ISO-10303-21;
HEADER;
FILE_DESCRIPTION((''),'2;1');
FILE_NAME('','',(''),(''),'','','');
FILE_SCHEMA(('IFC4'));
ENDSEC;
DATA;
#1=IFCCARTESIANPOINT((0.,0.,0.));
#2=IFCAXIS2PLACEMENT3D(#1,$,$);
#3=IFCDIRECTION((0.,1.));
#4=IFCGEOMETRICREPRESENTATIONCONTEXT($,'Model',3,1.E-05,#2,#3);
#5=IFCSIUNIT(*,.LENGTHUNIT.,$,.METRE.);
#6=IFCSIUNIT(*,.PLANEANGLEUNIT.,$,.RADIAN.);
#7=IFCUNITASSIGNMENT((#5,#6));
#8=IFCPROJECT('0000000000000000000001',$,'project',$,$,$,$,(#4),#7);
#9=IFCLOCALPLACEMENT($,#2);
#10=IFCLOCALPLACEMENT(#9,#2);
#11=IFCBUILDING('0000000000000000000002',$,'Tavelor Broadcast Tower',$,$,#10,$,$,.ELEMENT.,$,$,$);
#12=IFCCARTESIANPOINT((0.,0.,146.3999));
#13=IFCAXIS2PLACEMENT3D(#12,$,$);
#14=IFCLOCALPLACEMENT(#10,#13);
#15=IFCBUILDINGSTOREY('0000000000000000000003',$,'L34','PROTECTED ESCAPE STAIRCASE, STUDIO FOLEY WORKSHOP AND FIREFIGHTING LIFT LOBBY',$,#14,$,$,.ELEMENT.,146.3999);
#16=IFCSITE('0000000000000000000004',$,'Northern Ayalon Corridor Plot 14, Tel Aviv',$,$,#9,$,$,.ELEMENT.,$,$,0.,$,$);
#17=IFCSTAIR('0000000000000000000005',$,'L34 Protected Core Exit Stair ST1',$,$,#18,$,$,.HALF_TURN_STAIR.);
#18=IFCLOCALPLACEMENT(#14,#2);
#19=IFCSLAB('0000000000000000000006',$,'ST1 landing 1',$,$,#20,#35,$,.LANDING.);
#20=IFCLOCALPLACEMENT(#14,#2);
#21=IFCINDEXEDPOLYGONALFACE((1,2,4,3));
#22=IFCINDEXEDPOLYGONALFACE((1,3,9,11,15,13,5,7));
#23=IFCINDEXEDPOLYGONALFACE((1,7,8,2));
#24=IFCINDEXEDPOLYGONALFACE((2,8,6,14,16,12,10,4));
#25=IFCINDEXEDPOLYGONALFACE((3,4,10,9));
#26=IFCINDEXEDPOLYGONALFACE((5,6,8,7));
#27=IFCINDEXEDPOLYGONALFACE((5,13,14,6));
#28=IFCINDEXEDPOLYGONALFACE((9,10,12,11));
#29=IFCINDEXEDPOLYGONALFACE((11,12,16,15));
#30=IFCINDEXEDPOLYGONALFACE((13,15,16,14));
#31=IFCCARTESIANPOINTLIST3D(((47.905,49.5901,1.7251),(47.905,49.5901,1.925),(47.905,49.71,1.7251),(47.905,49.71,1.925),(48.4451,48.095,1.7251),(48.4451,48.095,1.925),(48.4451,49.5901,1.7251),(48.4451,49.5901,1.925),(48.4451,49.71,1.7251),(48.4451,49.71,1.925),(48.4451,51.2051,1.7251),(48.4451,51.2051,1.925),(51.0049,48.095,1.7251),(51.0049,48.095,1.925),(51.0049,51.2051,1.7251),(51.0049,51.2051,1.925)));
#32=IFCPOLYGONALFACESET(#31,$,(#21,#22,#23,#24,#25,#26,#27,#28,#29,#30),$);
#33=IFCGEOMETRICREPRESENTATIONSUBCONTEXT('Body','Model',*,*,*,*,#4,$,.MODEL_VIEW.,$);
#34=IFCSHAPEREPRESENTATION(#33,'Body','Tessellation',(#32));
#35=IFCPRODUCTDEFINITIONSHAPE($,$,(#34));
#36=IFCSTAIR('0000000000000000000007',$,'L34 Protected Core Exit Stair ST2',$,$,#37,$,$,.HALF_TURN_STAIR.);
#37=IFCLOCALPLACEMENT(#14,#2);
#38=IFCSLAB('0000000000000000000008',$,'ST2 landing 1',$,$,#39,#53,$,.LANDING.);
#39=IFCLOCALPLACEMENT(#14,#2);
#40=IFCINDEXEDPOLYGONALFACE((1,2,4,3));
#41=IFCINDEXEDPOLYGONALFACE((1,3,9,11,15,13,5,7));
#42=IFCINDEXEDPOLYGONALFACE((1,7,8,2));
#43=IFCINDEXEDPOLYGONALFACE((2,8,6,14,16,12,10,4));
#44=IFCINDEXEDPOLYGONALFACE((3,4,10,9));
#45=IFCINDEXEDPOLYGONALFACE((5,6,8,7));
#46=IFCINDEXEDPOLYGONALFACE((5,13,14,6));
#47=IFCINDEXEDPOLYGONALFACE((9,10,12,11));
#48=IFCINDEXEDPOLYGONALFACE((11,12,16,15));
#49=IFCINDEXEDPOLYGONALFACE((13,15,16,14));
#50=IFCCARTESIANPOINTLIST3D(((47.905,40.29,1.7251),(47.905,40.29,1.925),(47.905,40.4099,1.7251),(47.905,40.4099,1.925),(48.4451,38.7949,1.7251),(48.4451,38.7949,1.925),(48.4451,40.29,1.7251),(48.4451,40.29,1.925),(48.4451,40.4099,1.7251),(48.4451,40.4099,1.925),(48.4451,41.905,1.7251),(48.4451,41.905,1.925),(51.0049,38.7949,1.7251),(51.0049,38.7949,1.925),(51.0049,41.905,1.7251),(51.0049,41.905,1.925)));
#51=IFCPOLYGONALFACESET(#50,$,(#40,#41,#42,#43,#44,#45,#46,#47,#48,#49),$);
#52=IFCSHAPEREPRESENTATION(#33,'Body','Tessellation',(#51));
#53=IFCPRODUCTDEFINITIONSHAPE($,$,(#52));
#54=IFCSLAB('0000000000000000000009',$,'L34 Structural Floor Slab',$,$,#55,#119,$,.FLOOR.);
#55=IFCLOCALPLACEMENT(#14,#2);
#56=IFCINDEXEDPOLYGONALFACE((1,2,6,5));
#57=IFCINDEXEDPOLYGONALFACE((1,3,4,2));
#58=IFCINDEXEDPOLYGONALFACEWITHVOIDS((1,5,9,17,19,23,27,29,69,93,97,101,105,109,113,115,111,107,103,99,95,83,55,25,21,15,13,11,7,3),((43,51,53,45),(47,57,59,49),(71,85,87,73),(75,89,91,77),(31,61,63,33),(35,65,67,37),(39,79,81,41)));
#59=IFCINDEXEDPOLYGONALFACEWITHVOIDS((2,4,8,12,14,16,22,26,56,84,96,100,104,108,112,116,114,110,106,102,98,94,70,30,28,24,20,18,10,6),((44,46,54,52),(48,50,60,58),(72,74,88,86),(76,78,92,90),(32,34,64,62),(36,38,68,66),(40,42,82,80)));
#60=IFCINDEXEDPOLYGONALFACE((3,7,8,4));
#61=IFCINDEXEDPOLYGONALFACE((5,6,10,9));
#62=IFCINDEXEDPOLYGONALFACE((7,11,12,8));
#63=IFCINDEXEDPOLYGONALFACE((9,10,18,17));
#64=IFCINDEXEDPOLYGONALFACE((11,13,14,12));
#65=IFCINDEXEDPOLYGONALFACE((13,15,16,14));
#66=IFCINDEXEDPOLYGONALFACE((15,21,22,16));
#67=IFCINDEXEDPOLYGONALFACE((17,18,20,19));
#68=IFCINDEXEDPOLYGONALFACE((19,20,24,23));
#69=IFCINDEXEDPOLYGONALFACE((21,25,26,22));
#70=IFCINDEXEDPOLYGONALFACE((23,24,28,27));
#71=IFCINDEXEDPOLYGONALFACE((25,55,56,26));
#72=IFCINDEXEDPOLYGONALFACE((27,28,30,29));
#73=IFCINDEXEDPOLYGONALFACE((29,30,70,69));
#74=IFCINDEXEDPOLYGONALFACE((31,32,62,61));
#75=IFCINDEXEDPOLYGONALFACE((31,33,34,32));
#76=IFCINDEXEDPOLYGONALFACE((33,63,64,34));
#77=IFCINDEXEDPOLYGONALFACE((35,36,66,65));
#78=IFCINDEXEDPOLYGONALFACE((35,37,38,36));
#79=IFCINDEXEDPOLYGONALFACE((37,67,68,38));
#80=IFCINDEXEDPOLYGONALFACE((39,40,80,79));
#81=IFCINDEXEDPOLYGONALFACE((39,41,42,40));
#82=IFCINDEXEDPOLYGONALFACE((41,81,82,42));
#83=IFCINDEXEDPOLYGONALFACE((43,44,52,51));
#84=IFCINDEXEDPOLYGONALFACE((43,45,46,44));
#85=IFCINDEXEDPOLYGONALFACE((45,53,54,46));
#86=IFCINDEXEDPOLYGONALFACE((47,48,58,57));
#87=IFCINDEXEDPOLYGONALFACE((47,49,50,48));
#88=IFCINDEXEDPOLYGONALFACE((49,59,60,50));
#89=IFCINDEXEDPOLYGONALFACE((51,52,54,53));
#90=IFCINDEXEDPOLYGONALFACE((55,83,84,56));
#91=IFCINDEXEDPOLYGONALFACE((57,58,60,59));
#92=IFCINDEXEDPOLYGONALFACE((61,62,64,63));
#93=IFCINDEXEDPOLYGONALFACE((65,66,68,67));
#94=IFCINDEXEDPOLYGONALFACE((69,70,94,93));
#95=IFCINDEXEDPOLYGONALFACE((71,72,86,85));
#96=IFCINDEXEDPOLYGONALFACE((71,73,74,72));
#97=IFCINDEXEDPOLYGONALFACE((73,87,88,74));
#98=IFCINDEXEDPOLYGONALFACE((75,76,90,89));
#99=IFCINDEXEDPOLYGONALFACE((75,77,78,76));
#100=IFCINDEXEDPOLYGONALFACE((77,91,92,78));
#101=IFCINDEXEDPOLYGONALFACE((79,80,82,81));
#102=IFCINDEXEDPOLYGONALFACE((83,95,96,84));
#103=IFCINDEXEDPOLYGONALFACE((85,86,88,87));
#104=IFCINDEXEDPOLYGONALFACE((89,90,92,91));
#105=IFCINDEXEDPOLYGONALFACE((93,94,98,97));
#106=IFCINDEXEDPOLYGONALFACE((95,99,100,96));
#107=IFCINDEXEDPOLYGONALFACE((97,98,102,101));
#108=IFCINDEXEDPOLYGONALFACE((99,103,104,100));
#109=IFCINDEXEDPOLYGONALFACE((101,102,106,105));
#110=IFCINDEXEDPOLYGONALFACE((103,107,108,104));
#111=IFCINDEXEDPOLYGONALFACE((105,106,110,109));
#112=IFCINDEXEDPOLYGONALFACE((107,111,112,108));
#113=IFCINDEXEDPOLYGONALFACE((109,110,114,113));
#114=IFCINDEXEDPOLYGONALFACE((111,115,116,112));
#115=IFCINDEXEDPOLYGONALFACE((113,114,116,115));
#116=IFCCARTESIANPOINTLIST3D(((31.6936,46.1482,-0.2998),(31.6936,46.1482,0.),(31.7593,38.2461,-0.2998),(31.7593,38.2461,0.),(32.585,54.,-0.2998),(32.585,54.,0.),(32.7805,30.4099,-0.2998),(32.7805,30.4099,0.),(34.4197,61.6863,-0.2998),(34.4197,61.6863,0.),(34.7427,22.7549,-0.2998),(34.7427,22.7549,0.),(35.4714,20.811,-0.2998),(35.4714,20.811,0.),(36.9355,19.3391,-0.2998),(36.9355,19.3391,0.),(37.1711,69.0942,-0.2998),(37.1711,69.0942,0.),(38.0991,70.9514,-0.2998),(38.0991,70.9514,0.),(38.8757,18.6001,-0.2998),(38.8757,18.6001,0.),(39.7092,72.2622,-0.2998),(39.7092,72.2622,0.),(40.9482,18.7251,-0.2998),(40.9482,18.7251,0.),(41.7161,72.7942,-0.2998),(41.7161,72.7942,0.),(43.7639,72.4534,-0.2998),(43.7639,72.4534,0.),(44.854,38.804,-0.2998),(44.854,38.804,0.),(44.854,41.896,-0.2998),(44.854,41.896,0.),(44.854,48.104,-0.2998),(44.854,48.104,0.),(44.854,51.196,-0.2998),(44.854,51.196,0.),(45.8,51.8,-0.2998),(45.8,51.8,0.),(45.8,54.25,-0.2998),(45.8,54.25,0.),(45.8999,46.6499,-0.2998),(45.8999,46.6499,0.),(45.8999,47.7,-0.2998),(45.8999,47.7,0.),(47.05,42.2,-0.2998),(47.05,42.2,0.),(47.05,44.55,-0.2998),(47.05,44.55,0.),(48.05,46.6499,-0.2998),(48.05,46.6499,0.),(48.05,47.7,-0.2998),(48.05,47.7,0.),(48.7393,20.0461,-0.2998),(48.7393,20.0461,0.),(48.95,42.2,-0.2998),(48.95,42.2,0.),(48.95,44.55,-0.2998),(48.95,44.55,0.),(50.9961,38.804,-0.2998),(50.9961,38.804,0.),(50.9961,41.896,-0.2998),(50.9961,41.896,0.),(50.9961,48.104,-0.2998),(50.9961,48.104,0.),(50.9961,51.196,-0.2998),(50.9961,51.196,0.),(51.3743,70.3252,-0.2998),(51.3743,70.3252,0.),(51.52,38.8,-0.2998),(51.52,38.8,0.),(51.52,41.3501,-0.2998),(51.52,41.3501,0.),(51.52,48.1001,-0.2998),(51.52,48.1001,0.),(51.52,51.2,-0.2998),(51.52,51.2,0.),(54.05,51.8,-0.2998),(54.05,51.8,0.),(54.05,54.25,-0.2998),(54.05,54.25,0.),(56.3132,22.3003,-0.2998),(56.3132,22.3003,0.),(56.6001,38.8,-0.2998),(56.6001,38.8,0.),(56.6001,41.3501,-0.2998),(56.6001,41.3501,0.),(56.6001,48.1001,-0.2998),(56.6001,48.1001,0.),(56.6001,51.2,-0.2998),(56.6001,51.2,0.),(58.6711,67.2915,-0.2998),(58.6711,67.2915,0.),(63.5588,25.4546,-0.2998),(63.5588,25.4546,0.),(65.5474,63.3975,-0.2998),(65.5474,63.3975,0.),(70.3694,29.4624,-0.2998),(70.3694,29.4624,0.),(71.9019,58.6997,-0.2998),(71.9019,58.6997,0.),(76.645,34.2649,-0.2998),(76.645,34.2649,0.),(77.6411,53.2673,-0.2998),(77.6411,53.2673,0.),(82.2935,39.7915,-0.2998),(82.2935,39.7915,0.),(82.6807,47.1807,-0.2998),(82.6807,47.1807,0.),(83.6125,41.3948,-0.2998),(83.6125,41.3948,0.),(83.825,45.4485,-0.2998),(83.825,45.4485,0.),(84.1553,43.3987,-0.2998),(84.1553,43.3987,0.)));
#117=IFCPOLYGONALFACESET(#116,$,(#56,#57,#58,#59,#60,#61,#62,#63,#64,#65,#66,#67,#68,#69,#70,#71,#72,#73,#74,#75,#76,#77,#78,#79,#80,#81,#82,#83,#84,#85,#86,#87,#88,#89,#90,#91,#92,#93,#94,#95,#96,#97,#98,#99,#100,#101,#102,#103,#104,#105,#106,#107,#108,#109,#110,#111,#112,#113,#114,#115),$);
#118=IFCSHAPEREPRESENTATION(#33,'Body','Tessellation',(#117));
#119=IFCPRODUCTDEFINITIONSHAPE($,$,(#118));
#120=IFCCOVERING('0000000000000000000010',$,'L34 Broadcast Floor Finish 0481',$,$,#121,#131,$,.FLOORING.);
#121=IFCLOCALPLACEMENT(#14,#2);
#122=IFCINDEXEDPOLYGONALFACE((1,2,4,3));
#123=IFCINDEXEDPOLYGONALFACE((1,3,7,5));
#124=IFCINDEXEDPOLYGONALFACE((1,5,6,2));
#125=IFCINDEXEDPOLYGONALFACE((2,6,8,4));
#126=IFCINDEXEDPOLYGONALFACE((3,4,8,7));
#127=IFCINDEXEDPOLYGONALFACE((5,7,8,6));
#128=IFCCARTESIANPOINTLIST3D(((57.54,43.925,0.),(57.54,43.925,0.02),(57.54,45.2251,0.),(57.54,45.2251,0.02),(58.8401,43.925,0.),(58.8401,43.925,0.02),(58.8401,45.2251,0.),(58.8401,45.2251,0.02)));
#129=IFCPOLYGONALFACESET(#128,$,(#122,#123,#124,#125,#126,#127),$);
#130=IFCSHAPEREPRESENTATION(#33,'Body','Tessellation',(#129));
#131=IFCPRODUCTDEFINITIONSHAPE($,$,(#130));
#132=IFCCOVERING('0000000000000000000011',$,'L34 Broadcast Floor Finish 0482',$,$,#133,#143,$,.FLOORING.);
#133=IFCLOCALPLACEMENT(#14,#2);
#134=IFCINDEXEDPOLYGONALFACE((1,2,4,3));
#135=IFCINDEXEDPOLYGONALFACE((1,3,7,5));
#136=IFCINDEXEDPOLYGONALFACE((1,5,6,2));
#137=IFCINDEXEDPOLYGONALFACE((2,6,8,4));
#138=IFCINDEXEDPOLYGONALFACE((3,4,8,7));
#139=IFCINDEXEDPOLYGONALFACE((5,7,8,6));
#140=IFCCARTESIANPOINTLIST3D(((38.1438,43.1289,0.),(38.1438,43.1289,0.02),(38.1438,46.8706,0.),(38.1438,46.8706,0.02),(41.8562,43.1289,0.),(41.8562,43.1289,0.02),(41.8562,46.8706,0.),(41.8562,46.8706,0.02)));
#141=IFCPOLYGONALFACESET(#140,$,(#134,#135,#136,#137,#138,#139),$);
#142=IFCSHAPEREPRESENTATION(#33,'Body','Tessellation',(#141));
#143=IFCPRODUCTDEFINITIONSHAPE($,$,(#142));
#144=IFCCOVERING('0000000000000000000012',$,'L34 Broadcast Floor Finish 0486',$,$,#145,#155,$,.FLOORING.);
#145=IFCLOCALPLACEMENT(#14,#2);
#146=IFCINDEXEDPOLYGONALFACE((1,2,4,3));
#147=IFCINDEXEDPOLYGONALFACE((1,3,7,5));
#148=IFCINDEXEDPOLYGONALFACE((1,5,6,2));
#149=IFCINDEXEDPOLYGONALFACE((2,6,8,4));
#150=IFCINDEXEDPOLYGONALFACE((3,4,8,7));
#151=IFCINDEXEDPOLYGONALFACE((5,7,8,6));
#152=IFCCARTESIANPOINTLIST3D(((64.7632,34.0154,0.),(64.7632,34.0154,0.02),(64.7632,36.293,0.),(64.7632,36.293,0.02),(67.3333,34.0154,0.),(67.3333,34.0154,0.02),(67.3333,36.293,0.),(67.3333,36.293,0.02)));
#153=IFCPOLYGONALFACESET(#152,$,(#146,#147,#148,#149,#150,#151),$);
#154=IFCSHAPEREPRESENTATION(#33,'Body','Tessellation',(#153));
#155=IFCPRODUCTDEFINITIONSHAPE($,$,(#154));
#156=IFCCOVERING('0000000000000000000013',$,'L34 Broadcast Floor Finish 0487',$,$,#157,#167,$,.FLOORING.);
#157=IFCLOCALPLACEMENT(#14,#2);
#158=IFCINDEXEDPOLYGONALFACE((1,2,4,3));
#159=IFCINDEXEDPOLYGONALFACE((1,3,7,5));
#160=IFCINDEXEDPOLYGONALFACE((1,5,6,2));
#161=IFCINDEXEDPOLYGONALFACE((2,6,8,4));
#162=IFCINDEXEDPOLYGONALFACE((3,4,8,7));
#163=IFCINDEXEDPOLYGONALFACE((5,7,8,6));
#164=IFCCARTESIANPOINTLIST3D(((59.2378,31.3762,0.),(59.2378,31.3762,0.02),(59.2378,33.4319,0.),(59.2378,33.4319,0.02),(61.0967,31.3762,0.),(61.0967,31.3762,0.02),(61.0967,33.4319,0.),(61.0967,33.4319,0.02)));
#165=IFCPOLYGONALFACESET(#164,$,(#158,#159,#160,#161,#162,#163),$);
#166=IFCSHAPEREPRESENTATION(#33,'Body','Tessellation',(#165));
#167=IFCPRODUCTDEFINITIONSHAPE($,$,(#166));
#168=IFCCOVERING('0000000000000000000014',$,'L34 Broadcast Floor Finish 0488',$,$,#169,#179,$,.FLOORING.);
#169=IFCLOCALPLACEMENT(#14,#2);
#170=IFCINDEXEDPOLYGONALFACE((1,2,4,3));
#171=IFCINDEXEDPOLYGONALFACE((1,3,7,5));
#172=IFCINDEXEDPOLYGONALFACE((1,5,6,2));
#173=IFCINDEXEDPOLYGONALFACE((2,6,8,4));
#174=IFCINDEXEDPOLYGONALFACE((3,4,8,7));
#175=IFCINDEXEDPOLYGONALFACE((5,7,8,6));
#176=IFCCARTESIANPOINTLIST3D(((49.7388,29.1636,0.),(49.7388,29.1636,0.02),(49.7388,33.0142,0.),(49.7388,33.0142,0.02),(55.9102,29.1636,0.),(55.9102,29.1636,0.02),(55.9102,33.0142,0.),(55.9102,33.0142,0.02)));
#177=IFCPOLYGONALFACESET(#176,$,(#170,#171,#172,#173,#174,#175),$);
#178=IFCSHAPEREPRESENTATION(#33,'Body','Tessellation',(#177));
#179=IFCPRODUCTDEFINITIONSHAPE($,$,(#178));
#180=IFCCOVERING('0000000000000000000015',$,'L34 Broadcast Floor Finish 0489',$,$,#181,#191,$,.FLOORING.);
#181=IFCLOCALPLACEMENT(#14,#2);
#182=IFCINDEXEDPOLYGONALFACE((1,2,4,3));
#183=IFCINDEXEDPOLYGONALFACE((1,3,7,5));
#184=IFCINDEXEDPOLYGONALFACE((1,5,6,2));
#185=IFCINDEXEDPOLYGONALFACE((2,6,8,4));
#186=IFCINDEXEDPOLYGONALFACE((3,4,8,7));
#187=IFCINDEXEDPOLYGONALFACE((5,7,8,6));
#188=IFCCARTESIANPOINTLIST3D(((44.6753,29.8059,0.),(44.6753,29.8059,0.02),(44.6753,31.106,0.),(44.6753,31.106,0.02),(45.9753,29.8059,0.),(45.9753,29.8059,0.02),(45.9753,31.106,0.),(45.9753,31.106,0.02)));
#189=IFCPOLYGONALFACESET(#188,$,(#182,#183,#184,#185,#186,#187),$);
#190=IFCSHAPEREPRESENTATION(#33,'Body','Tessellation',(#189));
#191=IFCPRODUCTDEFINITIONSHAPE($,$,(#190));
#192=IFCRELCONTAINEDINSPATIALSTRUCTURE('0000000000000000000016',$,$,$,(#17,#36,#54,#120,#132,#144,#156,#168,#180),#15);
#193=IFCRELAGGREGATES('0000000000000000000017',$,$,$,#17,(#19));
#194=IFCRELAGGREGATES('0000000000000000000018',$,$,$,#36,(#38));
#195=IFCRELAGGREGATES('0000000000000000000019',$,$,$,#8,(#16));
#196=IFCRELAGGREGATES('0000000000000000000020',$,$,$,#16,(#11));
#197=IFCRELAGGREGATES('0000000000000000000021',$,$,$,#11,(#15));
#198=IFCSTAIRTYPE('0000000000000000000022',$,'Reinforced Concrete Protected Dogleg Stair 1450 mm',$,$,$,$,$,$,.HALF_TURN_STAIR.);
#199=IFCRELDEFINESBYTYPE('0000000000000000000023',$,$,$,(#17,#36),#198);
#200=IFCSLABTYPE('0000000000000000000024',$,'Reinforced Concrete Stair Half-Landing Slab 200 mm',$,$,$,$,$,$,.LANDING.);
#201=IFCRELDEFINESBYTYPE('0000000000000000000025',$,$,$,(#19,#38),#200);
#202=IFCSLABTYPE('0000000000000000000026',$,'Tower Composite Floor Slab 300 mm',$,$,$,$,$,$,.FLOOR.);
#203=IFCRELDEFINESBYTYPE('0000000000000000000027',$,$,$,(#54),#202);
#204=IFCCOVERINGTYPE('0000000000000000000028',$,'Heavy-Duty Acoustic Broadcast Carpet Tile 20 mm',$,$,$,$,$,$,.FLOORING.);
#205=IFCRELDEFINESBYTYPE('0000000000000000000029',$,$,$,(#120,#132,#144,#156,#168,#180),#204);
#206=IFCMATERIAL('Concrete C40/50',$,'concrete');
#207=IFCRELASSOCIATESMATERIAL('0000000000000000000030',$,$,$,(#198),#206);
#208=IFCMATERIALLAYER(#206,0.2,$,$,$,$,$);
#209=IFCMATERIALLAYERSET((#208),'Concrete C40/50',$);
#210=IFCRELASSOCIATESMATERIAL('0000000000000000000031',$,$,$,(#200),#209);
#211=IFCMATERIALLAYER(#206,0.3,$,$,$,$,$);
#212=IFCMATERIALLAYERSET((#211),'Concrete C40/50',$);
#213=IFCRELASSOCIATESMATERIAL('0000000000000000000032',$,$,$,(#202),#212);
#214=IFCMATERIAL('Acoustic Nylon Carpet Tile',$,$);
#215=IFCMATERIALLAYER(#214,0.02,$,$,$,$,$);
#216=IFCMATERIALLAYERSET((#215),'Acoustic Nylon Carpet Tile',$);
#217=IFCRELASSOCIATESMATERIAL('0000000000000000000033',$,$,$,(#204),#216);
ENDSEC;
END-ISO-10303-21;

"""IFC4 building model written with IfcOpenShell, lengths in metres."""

from ifc_helpers import new_model, si_unit, direction, frame, origin, place, context, subcontext, project, spatial, polyline, outline, extrude, material, layer, layer_set, type_object, element, aggregate, save


model = new_model("IFC4")

# Units and contexts
model_context = context("Model", 3, precision=1e-05, world=origin(), true_north=direction((0.0, 1.0)))
body_context = subcontext(model_context, "Body", "Model", "MODEL_VIEW")
ifc_project = project(units=[si_unit("LENGTHUNIT", "METRE"), si_unit("PLANEANGLEUNIT", "RADIAN")], contexts=[model_context])

# Site, building, storey
site_placement = place(None, origin())
site = spatial("IfcSite", under=ifc_project, at=site_placement, Name="Northern Ayalon Corridor Plot 14, Tel Aviv", CompositionType="ELEMENT", RefElevation=0.0)
building_placement = place(site_placement, origin())
building = spatial("IfcBuilding", under=site, at=building_placement, Name="Tavelor Broadcast Tower", CompositionType="ELEMENT")
storey_placement = place(building_placement, frame((0.0, 0.0, 146.3999)))
storey = spatial("IfcBuildingStorey", under=building, at=storey_placement, Name="L34", Description="PROTECTED ESCAPE STAIRCASE, STUDIO FOLEY WORKSHOP AND FIREFIGHTING LIFT LOBBY", CompositionType="ELEMENT", Elevation=146.3999)

# Stairs, slabs
ifc_material_1 = material(Name="Concrete C40/50", Category="concrete")
stair_type = type_object("IfcStairType", Name="Reinforced Concrete Protected Dogleg Stair 1450 mm", PredefinedType="HALF_TURN_STAIR", material=ifc_material_1)
stair_1_placement = place(storey_placement, origin())
stair_1 = element("IfcStair", 1, at=stair_1_placement, inside=storey, type_object=stair_type, Name="L34 Protected Core Exit Stair ST1", PredefinedType="HALF_TURN_STAIR")
ifc_layer_1 = layer(ifc_material_1, 0.2)
ifc_layer_set_1 = layer_set([ifc_layer_1], Name="Concrete C40/50")
slab_type_1 = type_object("IfcSlabType", Name="Reinforced Concrete Stair Half-Landing Slab 200 mm", PredefinedType="LANDING", material=ifc_layer_set_1)
slab_1_placement = place(storey_placement, frame((0.0, 0.0, 1.7251)))
slab_1 = element("IfcSlab", 2, at=slab_1_placement, type_object=slab_type_1, Name="ST1 landing 1", PredefinedType="LANDING", context=body_context, shape_type="SweptSolid", body=[
    extrude(outline(polyline([(48.4451, 49.5901), (48.4451, 48.095), (51.0049, 48.095), (51.0049, 51.2051), (48.4451, 51.2051), (48.4451, 49.71), (47.905, 49.71), (47.905, 49.5901), (48.4451, 49.5901)])), origin(), (0.0, 0.0, 1.0), 0.2),
])
aggregate(stair_1, [slab_1])
stair_2_placement = place(storey_placement, origin())
stair_2 = element("IfcStair", 3, at=stair_2_placement, inside=storey, type_object=stair_type, Name="L34 Protected Core Exit Stair ST2", PredefinedType="HALF_TURN_STAIR")
slab_2_placement = place(storey_placement, frame((0.0, 0.0, 1.7251)))
slab_2 = element("IfcSlab", 4, at=slab_2_placement, type_object=slab_type_1, Name="ST2 landing 1", PredefinedType="LANDING", context=body_context, shape_type="SweptSolid", body=[
    extrude(outline(polyline([(48.4451, 40.29), (48.4451, 38.7949), (51.0049, 38.7949), (51.0049, 41.905), (48.4451, 41.905), (48.4451, 40.4099), (47.905, 40.4099), (47.905, 40.29), (48.4451, 40.29)])), origin(), (0.0, 0.0, 1.0), 0.2),
])
aggregate(stair_2, [slab_2])

# Slab
ifc_layer_2 = layer(ifc_material_1, 0.3)
ifc_layer_set_2 = layer_set([ifc_layer_2], Name="Concrete C40/50")
slab_type_2 = type_object("IfcSlabType", Name="Tower Composite Floor Slab 300 mm", PredefinedType="FLOOR", material=ifc_layer_set_2)
slab_3_placement = place(storey_placement, frame((0.0, 0.0, -0.2998)))
element("IfcSlab", 5, at=slab_3_placement, inside=storey, type_object=slab_type_2, Name="L34 Structural Floor Slab", PredefinedType="FLOOR", context=body_context, shape_type="SweptSolid", body=[
    extrude(outline(polyline([(43.7639, 72.4534), (41.7161, 72.7942), (39.7092, 72.2622), (38.0991, 70.9514), (37.1711, 69.0942), (34.4197, 61.6863), (32.585, 54.0), (31.6936, 46.1482), (31.7593, 38.2461), (32.7805, 30.4099), (34.7427, 22.7549), (35.4714, 20.811), (36.9355, 19.3391), (38.8757, 18.6001), (40.9482, 18.7251), (48.7393, 20.0461), (56.3132, 22.3003), (63.5588, 25.4546), (70.3694, 29.4624), (76.645, 34.2649), (82.2935, 39.7915), (83.6125, 41.3948), (84.1553, 43.3987), (83.825, 45.4485), (82.6807, 47.1807), (77.6411, 53.2673), (71.9019, 58.6997), (65.5474, 63.3975), (58.6711, 67.2915), (51.3743, 70.3252), (43.7639, 72.4534)]), holes=[polyline([(56.6001, 41.3501), (56.6001, 38.8), (51.52, 38.8), (51.52, 41.3501), (56.6001, 41.3501)]), polyline([(50.9961, 38.804), (44.854, 38.804), (44.854, 41.896), (50.9961, 41.896), (50.9961, 38.804)]), polyline([(47.05, 42.2), (47.05, 44.55), (48.95, 44.55), (48.95, 42.2), (47.05, 42.2)]), polyline([(48.05, 46.6499), (45.8999, 46.6499), (45.8999, 47.7), (48.05, 47.7), (48.05, 46.6499)]), polyline([(50.9961, 48.104), (44.854, 48.104), (44.854, 51.196), (50.9961, 51.196), (50.9961, 48.104)]), polyline([(56.6001, 48.1001), (51.52, 48.1001), (51.52, 51.2), (56.6001, 51.2), (56.6001, 48.1001)]), polyline([(54.05, 51.8), (45.8, 51.8), (45.8, 54.25), (54.05, 54.25), (54.05, 51.8)])]), origin(), (0.0, 0.0, 1.0), 0.2998),
])

# Coverings
ifc_material_2 = material(Name="Acoustic Nylon Carpet Tile")
ifc_layer_3 = layer(ifc_material_2, 0.02)
ifc_layer_set_3 = layer_set([ifc_layer_3], Name="Acoustic Nylon Carpet Tile")
covering_type_1 = type_object("IfcCoveringType", Name="Heavy-Duty Acoustic Broadcast Carpet Tile 20 mm", PredefinedType="FLOORING", material=ifc_layer_set_3)
covering_1_placement = place(storey_placement, origin())
element("IfcCovering", 6, at=covering_1_placement, inside=storey, type_object=covering_type_1, Name="L34 Broadcast Floor Finish 0481", PredefinedType="FLOORING", context=body_context, shape_type="SweptSolid", body=[
    extrude(outline(polyline([(57.54, 43.925), (58.8401, 43.925), (58.8401, 45.2251), (57.54, 45.2251), (57.54, 43.925)])), origin(), (0.0, 0.0, 1.0), 0.02),
])
covering_2_placement = place(storey_placement, origin())
element("IfcCovering", 7, at=covering_2_placement, inside=storey, type_object=covering_type_1, Name="L34 Broadcast Floor Finish 0482", PredefinedType="FLOORING", context=body_context, shape_type="SweptSolid", body=[
    extrude(outline(polyline([(38.1438, 43.1289), (41.8562, 43.1289), (41.8562, 46.8706), (38.1438, 46.8706), (38.1438, 43.1289)])), origin(), (0.0, 0.0, 1.0), 0.02),
])
covering_3_placement = place(storey_placement, origin())
element("IfcCovering", 8, at=covering_3_placement, inside=storey, type_object=covering_type_1, Name="L34 Broadcast Floor Finish 0486", PredefinedType="FLOORING", context=body_context, shape_type="SweptSolid", body=[
    extrude(outline(polyline([(64.7632, 34.0154), (67.3333, 34.0154), (67.3333, 36.293), (64.7632, 36.293), (64.7632, 34.0154)])), origin(), (0.0, 0.0, 1.0), 0.02),
])
covering_4_placement = place(storey_placement, origin())
element("IfcCovering", 9, at=covering_4_placement, inside=storey, type_object=covering_type_1, Name="L34 Broadcast Floor Finish 0487", PredefinedType="FLOORING", context=body_context, shape_type="SweptSolid", body=[
    extrude(outline(polyline([(59.2378, 31.3762), (61.0967, 31.3762), (61.0967, 33.4319), (59.2378, 33.4319), (59.2378, 31.3762)])), origin(), (0.0, 0.0, 1.0), 0.02),
])
covering_5_placement = place(storey_placement, origin())
element("IfcCovering", 10, at=covering_5_placement, inside=storey, type_object=covering_type_1, Name="L34 Broadcast Floor Finish 0488", PredefinedType="FLOORING", context=body_context, shape_type="SweptSolid", body=[
    extrude(outline(polyline([(49.7388, 29.1636), (55.9102, 29.1636), (55.9102, 33.0142), (49.7388, 33.0142), (49.7388, 29.1636)])), origin(), (0.0, 0.0, 1.0), 0.02),
])
covering_6_placement = place(storey_placement, origin())
element("IfcCovering", 11, at=covering_6_placement, inside=storey, type_object=covering_type_1, Name="L34 Broadcast Floor Finish 0489", PredefinedType="FLOORING", context=body_context, shape_type="SweptSolid", body=[
    extrude(outline(polyline([(44.6753, 29.8059), (45.9753, 29.8059), (45.9753, 31.106), (44.6753, 31.106), (44.6753, 29.8059)])), origin(), (0.0, 0.0, 1.0), 0.02),
])

save(model, "model.ifc")
